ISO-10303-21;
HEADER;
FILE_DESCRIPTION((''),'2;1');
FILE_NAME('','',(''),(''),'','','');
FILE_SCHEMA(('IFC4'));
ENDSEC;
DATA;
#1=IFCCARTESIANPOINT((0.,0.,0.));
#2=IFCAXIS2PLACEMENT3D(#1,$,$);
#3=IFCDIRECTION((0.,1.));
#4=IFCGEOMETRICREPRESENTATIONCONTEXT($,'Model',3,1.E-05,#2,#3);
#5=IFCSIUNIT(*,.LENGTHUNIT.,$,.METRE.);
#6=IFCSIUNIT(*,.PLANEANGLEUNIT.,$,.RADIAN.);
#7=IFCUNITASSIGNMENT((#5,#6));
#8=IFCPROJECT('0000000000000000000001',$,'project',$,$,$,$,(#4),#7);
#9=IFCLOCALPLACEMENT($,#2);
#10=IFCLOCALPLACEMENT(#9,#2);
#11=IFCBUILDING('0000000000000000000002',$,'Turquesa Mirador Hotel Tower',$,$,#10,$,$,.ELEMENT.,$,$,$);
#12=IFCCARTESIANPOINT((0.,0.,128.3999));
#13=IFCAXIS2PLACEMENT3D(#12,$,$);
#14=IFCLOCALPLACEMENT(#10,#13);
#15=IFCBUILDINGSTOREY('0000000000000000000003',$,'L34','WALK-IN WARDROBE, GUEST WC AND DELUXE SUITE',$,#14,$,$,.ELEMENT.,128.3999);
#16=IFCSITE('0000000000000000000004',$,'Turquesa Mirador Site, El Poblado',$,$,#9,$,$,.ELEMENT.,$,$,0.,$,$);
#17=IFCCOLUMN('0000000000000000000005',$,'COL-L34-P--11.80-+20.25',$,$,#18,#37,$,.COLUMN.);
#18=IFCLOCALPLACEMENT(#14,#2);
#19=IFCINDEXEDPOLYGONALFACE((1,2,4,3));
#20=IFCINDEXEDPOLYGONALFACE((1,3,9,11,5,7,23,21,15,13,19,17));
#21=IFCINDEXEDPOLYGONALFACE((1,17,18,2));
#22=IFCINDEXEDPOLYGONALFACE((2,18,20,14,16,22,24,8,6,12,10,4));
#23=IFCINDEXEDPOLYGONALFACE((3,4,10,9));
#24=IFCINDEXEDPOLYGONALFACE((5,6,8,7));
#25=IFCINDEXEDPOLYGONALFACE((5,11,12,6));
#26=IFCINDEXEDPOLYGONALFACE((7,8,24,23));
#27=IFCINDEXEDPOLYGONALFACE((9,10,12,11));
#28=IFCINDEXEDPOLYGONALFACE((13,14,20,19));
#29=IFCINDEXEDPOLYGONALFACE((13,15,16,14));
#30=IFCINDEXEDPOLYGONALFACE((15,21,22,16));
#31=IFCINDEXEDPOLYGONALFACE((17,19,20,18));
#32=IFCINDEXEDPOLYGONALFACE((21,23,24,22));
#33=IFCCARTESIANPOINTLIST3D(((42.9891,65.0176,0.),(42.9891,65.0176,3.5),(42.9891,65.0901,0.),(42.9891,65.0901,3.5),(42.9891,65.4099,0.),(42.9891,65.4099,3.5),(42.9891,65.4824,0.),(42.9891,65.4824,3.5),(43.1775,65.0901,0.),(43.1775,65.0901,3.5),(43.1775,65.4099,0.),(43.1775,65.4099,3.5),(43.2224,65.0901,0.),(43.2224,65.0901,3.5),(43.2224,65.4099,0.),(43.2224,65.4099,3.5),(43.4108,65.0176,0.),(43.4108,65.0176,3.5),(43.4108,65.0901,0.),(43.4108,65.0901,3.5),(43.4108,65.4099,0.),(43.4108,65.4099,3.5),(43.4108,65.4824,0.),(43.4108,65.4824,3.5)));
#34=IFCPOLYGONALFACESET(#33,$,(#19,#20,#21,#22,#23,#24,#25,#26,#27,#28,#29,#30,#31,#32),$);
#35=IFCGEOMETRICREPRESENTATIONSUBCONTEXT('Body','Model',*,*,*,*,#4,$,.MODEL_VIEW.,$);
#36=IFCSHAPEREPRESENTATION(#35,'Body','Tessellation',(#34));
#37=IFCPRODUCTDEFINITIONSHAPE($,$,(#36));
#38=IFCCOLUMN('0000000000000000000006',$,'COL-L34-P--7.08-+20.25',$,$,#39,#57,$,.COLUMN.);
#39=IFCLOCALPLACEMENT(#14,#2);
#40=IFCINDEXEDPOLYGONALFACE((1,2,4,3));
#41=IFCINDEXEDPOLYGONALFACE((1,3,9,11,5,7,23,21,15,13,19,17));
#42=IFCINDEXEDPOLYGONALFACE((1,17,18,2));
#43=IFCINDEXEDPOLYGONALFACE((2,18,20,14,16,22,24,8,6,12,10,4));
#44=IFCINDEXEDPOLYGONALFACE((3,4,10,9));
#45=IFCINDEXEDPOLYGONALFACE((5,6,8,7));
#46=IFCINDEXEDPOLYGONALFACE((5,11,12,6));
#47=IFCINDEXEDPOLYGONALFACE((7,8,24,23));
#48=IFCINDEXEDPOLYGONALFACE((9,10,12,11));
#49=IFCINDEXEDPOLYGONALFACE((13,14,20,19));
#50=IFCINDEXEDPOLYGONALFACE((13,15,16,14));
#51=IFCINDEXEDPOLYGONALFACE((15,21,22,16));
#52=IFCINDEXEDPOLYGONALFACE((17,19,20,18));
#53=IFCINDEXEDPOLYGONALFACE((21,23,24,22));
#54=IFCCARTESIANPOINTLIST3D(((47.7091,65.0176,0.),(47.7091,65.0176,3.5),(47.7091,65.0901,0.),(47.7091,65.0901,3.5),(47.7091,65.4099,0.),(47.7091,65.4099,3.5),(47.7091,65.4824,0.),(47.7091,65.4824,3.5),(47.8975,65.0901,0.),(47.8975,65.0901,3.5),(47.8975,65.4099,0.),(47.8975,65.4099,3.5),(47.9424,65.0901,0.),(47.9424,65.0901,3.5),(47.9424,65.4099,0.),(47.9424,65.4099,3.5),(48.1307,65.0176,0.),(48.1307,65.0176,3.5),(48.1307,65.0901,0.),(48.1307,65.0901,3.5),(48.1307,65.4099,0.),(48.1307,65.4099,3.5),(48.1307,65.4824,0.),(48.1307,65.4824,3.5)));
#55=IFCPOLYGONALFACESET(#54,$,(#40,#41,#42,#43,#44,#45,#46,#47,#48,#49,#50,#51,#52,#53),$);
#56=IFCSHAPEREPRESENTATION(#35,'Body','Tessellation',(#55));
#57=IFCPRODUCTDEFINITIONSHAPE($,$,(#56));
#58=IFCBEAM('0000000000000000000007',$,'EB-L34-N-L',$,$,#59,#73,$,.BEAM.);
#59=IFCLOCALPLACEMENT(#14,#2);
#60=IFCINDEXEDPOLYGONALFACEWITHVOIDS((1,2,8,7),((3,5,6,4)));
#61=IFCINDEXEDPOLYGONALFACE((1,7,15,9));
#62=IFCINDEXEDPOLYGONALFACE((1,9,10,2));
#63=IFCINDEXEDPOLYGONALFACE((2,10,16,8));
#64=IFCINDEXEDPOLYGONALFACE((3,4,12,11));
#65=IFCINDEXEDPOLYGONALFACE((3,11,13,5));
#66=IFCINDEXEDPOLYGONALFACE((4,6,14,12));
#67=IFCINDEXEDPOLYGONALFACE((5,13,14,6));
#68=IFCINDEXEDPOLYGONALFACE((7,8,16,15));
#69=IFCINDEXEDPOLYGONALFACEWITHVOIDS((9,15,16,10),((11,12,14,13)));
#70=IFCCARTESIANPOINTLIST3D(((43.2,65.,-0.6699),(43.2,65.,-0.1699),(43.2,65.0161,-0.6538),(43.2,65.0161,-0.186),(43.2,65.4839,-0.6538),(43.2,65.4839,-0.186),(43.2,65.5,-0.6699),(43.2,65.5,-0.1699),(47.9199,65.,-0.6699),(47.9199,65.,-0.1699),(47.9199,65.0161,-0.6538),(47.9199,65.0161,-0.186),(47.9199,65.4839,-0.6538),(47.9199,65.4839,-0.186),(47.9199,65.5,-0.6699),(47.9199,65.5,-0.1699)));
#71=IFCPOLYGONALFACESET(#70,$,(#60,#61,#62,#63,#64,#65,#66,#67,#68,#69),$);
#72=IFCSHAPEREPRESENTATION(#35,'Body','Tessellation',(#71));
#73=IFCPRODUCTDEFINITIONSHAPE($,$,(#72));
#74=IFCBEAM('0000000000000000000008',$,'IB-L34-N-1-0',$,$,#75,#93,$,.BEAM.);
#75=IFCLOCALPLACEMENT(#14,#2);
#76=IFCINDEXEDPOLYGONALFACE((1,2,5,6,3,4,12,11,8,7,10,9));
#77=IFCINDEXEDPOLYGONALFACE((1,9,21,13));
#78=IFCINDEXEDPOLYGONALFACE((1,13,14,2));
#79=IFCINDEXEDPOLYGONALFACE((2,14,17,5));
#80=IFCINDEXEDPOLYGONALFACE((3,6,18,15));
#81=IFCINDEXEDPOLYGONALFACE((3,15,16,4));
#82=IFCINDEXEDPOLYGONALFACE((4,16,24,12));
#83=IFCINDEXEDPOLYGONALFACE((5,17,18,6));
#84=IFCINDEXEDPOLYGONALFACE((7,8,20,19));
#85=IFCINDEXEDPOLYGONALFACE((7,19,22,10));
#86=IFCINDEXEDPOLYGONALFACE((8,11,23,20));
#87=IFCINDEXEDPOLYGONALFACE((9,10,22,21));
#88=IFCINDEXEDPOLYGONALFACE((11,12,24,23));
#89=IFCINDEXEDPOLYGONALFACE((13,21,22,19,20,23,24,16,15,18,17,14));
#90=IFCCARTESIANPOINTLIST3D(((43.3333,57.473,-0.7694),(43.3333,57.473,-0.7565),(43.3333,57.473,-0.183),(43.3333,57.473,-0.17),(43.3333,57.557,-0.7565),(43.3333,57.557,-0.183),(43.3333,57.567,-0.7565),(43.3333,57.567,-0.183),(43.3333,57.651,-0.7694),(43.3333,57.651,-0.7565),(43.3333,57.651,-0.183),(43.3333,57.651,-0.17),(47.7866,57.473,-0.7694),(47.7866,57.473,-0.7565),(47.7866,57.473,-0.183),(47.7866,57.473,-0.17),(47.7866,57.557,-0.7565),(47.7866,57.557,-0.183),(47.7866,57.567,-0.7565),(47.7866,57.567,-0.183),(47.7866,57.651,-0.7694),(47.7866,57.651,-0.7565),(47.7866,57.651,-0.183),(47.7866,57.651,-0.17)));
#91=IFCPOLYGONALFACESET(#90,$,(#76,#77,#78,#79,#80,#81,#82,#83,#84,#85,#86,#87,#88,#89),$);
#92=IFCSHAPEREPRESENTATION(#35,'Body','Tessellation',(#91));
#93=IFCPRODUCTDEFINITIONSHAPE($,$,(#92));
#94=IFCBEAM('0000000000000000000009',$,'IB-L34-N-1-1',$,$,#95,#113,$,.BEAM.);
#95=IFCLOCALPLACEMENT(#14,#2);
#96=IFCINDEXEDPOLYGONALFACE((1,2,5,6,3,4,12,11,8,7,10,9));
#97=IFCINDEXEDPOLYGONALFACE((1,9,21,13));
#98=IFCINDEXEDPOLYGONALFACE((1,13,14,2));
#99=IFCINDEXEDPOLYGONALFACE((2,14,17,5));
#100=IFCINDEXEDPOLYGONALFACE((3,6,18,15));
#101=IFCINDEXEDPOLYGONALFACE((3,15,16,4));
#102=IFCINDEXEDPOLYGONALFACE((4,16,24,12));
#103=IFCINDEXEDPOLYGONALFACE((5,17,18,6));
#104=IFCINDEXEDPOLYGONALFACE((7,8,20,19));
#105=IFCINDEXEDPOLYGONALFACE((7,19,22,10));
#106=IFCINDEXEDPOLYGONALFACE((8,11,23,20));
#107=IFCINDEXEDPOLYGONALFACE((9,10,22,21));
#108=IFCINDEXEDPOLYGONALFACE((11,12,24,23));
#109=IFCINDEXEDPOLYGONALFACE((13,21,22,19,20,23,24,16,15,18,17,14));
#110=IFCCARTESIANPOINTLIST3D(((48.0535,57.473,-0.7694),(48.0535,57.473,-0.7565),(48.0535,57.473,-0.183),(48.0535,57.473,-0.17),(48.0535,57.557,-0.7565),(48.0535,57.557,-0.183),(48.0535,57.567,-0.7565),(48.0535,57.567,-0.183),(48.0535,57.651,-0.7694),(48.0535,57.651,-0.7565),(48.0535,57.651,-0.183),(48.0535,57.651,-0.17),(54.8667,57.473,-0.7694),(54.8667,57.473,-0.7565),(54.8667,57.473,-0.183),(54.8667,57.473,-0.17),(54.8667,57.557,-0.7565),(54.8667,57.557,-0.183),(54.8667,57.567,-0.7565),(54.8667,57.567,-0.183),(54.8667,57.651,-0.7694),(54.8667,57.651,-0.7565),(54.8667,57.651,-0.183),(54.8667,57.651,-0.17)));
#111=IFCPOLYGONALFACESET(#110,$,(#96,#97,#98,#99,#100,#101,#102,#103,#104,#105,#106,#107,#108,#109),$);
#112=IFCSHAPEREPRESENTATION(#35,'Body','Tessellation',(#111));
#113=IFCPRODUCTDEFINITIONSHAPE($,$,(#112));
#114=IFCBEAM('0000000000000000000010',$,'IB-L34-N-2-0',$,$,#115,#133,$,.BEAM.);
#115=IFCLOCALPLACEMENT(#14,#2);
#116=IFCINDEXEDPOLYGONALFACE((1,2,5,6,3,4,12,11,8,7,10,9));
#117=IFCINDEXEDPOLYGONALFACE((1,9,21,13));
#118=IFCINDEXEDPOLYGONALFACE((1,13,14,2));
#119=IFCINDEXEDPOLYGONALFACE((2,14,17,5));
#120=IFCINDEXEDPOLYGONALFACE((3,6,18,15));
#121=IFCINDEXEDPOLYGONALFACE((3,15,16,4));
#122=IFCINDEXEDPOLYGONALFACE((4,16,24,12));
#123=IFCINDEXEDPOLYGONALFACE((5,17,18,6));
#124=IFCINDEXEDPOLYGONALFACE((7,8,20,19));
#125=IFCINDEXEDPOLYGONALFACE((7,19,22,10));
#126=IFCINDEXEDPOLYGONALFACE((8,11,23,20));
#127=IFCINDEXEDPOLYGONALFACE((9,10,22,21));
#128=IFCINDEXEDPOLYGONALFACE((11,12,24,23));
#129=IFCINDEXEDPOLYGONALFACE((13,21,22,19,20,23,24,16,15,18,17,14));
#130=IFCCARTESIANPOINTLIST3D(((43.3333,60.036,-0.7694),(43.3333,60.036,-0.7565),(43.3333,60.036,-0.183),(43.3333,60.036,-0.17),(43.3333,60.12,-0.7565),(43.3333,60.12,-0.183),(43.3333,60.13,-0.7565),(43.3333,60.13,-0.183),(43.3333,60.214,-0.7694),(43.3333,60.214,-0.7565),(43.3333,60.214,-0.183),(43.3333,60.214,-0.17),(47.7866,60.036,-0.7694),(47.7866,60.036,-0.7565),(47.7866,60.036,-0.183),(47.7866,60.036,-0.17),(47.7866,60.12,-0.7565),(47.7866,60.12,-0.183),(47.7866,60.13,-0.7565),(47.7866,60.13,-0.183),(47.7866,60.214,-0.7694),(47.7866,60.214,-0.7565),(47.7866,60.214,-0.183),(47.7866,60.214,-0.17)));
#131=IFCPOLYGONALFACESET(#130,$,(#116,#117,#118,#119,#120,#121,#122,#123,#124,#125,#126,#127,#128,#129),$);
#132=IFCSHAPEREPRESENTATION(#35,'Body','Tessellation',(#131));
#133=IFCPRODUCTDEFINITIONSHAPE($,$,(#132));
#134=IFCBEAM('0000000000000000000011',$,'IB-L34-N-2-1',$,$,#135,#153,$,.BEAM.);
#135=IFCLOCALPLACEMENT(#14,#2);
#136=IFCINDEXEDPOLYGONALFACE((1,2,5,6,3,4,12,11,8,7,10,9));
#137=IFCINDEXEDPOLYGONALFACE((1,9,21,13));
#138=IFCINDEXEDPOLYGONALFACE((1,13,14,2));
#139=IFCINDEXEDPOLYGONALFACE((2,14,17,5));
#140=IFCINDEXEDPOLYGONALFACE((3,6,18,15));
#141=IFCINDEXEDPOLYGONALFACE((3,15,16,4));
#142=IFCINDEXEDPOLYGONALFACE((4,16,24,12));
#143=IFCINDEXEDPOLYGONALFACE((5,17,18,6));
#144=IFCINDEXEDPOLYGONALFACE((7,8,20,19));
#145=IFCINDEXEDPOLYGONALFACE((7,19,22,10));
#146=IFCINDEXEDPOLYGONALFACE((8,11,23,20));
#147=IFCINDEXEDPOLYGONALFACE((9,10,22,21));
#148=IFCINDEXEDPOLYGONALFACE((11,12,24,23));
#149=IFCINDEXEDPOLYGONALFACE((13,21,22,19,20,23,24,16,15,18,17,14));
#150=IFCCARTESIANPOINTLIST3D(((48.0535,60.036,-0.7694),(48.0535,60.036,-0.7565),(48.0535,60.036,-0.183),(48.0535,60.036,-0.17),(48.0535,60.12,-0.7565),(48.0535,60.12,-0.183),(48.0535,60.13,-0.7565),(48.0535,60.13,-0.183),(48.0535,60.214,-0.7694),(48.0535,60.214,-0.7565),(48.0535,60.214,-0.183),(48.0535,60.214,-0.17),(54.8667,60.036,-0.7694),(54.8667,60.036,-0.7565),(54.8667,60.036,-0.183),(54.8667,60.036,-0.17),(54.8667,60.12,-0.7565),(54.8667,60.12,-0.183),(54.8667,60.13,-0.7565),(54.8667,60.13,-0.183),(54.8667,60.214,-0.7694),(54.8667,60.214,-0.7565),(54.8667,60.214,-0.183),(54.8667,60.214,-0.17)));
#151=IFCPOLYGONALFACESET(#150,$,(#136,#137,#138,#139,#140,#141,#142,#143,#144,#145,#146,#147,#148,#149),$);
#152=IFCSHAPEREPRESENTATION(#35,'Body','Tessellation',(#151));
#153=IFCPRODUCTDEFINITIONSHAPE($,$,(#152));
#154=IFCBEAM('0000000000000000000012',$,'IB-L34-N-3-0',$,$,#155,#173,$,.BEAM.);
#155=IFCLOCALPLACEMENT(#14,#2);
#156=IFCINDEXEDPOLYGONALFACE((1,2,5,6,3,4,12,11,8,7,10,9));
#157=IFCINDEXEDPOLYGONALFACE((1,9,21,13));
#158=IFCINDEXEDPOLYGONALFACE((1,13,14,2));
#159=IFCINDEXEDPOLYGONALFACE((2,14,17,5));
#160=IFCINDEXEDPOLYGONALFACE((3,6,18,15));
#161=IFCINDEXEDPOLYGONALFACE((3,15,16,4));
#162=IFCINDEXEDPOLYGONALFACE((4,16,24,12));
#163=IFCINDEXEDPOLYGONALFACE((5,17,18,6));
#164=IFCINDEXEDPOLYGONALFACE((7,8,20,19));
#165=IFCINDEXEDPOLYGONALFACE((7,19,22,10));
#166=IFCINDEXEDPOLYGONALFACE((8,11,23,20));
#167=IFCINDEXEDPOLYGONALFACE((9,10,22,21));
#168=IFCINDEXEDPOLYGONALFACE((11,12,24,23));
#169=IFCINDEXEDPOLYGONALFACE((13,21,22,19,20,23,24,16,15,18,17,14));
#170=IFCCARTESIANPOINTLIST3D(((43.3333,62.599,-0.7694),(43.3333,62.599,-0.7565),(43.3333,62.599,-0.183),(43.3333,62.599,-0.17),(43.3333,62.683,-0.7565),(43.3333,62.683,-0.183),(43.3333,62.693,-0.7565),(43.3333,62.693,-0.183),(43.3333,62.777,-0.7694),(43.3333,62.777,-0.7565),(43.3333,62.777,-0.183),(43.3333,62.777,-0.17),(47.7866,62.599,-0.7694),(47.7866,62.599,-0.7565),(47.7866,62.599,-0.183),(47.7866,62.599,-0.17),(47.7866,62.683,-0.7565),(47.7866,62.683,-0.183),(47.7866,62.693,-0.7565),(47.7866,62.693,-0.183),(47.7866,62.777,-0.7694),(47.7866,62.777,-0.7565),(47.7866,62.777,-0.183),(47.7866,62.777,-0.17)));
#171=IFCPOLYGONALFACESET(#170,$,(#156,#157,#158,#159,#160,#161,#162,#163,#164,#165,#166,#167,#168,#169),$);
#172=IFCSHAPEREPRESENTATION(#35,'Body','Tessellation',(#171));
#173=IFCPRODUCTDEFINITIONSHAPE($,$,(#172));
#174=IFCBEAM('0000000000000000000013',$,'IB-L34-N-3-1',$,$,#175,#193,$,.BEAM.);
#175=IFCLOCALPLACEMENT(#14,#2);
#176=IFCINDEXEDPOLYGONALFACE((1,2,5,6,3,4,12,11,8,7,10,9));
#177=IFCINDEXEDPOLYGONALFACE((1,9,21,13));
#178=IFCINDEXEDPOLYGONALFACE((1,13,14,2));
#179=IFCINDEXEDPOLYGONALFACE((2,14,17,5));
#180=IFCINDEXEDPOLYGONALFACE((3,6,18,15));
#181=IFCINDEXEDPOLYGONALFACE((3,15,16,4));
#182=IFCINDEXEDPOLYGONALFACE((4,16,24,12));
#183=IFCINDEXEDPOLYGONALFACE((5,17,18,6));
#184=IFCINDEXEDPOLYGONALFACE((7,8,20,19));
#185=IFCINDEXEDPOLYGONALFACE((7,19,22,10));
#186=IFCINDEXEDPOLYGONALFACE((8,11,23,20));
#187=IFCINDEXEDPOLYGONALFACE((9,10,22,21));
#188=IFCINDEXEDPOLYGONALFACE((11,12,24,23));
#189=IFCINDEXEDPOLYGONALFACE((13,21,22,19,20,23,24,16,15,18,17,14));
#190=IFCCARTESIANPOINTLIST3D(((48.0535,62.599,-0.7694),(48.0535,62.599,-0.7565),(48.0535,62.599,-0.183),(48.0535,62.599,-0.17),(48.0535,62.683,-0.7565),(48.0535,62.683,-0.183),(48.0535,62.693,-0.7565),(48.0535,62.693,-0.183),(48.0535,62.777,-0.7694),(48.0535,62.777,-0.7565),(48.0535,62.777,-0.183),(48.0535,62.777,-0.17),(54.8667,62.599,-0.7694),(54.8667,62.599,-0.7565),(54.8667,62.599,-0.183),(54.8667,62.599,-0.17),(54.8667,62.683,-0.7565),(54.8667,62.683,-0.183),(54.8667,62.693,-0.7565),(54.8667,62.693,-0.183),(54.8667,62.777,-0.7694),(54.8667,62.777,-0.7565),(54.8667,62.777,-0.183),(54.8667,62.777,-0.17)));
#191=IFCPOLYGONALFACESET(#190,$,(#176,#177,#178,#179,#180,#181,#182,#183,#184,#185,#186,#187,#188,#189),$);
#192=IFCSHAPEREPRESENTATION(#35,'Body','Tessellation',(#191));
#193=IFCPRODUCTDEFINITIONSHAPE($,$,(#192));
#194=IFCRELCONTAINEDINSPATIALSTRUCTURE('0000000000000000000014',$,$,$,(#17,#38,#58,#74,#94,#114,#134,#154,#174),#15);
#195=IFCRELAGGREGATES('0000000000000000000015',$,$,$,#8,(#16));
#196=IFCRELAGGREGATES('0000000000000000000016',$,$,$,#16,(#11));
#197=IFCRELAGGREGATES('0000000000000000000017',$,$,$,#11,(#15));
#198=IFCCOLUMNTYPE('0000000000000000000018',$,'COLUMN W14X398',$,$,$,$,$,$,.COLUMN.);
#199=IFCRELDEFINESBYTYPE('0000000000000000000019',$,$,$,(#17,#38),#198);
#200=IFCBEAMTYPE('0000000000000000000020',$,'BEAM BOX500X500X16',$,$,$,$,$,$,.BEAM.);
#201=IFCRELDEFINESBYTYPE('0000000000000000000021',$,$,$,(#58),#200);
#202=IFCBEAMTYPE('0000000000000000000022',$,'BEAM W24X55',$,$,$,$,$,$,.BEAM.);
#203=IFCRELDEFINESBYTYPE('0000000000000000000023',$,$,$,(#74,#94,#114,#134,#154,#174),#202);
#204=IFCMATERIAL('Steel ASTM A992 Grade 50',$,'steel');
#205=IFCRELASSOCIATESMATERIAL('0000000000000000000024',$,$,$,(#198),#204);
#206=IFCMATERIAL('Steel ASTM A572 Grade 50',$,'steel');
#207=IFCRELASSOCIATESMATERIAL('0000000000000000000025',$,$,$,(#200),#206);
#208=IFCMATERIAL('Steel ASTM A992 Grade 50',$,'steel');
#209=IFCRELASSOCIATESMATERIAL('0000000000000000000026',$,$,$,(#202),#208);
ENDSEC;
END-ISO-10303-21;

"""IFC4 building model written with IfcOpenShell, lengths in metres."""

from ifc_helpers import new_model, si_unit, direction, frame, origin, origin_2d, place, context, subcontext, project, spatial, hollow_rectangle, i_section, extrude, material, material_profile, profile_set, type_object, element, save


model = new_model("IFC4")

# Units and contexts
model_context = context("Model", 3, precision=1e-05, world=origin(), true_north=direction((0.0, 1.0)))
body_context = subcontext(model_context, "Body", "Model", "MODEL_VIEW")
ifc_project = project(units=[si_unit("LENGTHUNIT", "METRE"), si_unit("PLANEANGLEUNIT", "RADIAN")], contexts=[model_context])

# Site, building, storey
site_placement = place(None, origin())
site = spatial("IfcSite", under=ifc_project, at=site_placement, Name="Turquesa Mirador Site, El Poblado", CompositionType="ELEMENT", RefElevation=0.0)
building_placement = place(site_placement, origin())
building = spatial("IfcBuilding", under=site, at=building_placement, Name="Turquesa Mirador Hotel Tower", CompositionType="ELEMENT")
storey_placement = place(building_placement, frame((0.0, 0.0, 128.3999)))
storey = spatial("IfcBuildingStorey", under=building, at=storey_placement, Name="L34", Description="WALK-IN WARDROBE, GUEST WC AND DELUXE SUITE", CompositionType="ELEMENT", Elevation=128.3999)

# Columns
ifc_material_1 = material(Name="Steel ASTM A992 Grade 50", Category="steel")
ifc_material_profile_1 = material_profile(ifc_material_1, i_section(OverallWidth=0.4216, OverallDepth=0.4648, WebThickness=0.0449, FlangeThickness=0.0725, at=origin_2d()), Name="W14X398")
ifc_profile_set_1 = profile_set([ifc_material_profile_1], Name="Steel ASTM A992 Grade 50")
column_type = type_object("IfcColumnType", Name="COLUMN W14X398", PredefinedType="COLUMN", material=ifc_profile_set_1)
for number, where, z_axis, x_axis, name in (
    (1, (43.2, 65.25, 0.0), (0.0, 0.0, 1.0), (1.0, 0.0, 0.0), "COL-L34-P--11.80-+20.25"),
    (2, (47.9199, 65.25, 0.0), (0.0, 0.0, 1.0), (1.0, 0.0, 0.0), "COL-L34-P--7.08-+20.25"),
):
    element("IfcColumn", number, at=place(storey_placement, frame(where, z_axis=z_axis, x_axis=x_axis)), inside=storey, type_object=column_type, Name=name, PredefinedType="COLUMN", context=body_context, shape_type="SweptSolid", body=[
        extrude(i_section(OverallWidth=0.4216, OverallDepth=0.4648, WebThickness=0.0449, FlangeThickness=0.0725, at=origin_2d()), origin(), (0.0, 0.0, 1.0), 3.5),
    ])

# Beams
ifc_material_2 = material(Name="Steel ASTM A572 Grade 50", Category="steel")
ifc_material_profile_2 = material_profile(ifc_material_2, hollow_rectangle(XDim=0.5, YDim=0.5, WallThickness=0.0161, at=origin_2d()), Name="BOX500X500X16")
ifc_profile_set_2 = profile_set([ifc_material_profile_2], Name="Steel ASTM A572 Grade 50")
beam_type_1 = type_object("IfcBeamType", Name="BEAM BOX500X500X16", PredefinedType="BEAM", material=ifc_profile_set_2)
beam_1_placement = place(storey_placement, frame((43.2, 65.25, -0.4199), z_axis=(1.0, 0.0, 0.0), x_axis=(0.0, 1.0, 0.0)))
element("IfcBeam", 3, at=beam_1_placement, inside=storey, type_object=beam_type_1, Name="EB-L34-N-L", PredefinedType="BEAM", context=body_context, shape_type="SweptSolid", body=[
    extrude(hollow_rectangle(XDim=0.5, YDim=0.5, WallThickness=0.0161, at=origin_2d()), origin(), (0.0, 0.0, 1.0), 4.72),
])
ifc_material_3 = material(Name="Steel ASTM A992 Grade 50", Category="steel")
ifc_material_profile_3 = material_profile(ifc_material_3, i_section(OverallWidth=0.178, OverallDepth=0.5994, WebThickness=0.01, FlangeThickness=0.0129, at=origin_2d()), Name="W24X55")
ifc_profile_set_3 = profile_set([ifc_material_profile_3], Name="Steel ASTM A992 Grade 50")
beam_type_2 = type_object("IfcBeamType", Name="BEAM W24X55", PredefinedType="BEAM", material=ifc_profile_set_3)
beam_2_placement = place(storey_placement, frame((43.3333, 57.562, -0.4697), z_axis=(1.0, 0.0, 0.0), x_axis=(0.0, 1.0, 0.0)))
element("IfcBeam", 4, at=beam_2_placement, inside=storey, type_object=beam_type_2, Name="IB-L34-N-1-0", PredefinedType="BEAM", context=body_context, shape_type="SweptSolid", body=[
    extrude(i_section(OverallWidth=0.178, OverallDepth=0.5994, WebThickness=0.01, FlangeThickness=0.0129, at=origin_2d()), origin(), (0.0, 0.0, 1.0), 4.4534),
])
beam_3_placement = place(storey_placement, frame((48.0535, 57.562, -0.4697), z_axis=(1.0, 0.0, 0.0), x_axis=(0.0, 1.0, 0.0)))
element("IfcBeam", 5, at=beam_3_placement, inside=storey, type_object=beam_type_2, Name="IB-L34-N-1-1", PredefinedType="BEAM", context=body_context, shape_type="SweptSolid", body=[
    extrude(i_section(OverallWidth=0.178, OverallDepth=0.5994, WebThickness=0.01, FlangeThickness=0.0129, at=origin_2d()), origin(), (0.0, 0.0, 1.0), 6.8132),
])
beam_4_placement = place(storey_placement, frame((43.3333, 60.125, -0.4697), z_axis=(1.0, 0.0, 0.0), x_axis=(0.0, 1.0, 0.0)))
element("IfcBeam", 6, at=beam_4_placement, inside=storey, type_object=beam_type_2, Name="IB-L34-N-2-0", PredefinedType="BEAM", context=body_context, shape_type="SweptSolid", body=[
    extrude(i_section(OverallWidth=0.178, OverallDepth=0.5994, WebThickness=0.01, FlangeThickness=0.0129, at=origin_2d()), origin(), (0.0, 0.0, 1.0), 4.4534),
])
beam_5_placement = place(storey_placement, frame((48.0535, 60.125, -0.4697), z_axis=(1.0, 0.0, 0.0), x_axis=(0.0, 1.0, 0.0)))
element("IfcBeam", 7, at=beam_5_placement, inside=storey, type_object=beam_type_2, Name="IB-L34-N-2-1", PredefinedType="BEAM", context=body_context, shape_type="SweptSolid", body=[
    extrude(i_section(OverallWidth=0.178, OverallDepth=0.5994, WebThickness=0.01, FlangeThickness=0.0129, at=origin_2d()), origin(), (0.0, 0.0, 1.0), 6.8132),
])
beam_6_placement = place(storey_placement, frame((43.3333, 62.688, -0.4697), z_axis=(1.0, 0.0, 0.0), x_axis=(0.0, 1.0, 0.0)))
element("IfcBeam", 8, at=beam_6_placement, inside=storey, type_object=beam_type_2, Name="IB-L34-N-3-0", PredefinedType="BEAM", context=body_context, shape_type="SweptSolid", body=[
    extrude(i_section(OverallWidth=0.178, OverallDepth=0.5994, WebThickness=0.01, FlangeThickness=0.0129, at=origin_2d()), origin(), (0.0, 0.0, 1.0), 4.4534),
])
beam_7_placement = place(storey_placement, frame((48.0535, 62.688, -0.4697), z_axis=(1.0, 0.0, 0.0), x_axis=(0.0, 1.0, 0.0)))
element("IfcBeam", 9, at=beam_7_placement, inside=storey, type_object=beam_type_2, Name="IB-L34-N-3-1", PredefinedType="BEAM", context=body_context, shape_type="SweptSolid", body=[
    extrude(i_section(OverallWidth=0.178, OverallDepth=0.5994, WebThickness=0.01, FlangeThickness=0.0129, at=origin_2d()), origin(), (0.0, 0.0, 1.0), 6.8132),
])

save(model, "model.ifc")
